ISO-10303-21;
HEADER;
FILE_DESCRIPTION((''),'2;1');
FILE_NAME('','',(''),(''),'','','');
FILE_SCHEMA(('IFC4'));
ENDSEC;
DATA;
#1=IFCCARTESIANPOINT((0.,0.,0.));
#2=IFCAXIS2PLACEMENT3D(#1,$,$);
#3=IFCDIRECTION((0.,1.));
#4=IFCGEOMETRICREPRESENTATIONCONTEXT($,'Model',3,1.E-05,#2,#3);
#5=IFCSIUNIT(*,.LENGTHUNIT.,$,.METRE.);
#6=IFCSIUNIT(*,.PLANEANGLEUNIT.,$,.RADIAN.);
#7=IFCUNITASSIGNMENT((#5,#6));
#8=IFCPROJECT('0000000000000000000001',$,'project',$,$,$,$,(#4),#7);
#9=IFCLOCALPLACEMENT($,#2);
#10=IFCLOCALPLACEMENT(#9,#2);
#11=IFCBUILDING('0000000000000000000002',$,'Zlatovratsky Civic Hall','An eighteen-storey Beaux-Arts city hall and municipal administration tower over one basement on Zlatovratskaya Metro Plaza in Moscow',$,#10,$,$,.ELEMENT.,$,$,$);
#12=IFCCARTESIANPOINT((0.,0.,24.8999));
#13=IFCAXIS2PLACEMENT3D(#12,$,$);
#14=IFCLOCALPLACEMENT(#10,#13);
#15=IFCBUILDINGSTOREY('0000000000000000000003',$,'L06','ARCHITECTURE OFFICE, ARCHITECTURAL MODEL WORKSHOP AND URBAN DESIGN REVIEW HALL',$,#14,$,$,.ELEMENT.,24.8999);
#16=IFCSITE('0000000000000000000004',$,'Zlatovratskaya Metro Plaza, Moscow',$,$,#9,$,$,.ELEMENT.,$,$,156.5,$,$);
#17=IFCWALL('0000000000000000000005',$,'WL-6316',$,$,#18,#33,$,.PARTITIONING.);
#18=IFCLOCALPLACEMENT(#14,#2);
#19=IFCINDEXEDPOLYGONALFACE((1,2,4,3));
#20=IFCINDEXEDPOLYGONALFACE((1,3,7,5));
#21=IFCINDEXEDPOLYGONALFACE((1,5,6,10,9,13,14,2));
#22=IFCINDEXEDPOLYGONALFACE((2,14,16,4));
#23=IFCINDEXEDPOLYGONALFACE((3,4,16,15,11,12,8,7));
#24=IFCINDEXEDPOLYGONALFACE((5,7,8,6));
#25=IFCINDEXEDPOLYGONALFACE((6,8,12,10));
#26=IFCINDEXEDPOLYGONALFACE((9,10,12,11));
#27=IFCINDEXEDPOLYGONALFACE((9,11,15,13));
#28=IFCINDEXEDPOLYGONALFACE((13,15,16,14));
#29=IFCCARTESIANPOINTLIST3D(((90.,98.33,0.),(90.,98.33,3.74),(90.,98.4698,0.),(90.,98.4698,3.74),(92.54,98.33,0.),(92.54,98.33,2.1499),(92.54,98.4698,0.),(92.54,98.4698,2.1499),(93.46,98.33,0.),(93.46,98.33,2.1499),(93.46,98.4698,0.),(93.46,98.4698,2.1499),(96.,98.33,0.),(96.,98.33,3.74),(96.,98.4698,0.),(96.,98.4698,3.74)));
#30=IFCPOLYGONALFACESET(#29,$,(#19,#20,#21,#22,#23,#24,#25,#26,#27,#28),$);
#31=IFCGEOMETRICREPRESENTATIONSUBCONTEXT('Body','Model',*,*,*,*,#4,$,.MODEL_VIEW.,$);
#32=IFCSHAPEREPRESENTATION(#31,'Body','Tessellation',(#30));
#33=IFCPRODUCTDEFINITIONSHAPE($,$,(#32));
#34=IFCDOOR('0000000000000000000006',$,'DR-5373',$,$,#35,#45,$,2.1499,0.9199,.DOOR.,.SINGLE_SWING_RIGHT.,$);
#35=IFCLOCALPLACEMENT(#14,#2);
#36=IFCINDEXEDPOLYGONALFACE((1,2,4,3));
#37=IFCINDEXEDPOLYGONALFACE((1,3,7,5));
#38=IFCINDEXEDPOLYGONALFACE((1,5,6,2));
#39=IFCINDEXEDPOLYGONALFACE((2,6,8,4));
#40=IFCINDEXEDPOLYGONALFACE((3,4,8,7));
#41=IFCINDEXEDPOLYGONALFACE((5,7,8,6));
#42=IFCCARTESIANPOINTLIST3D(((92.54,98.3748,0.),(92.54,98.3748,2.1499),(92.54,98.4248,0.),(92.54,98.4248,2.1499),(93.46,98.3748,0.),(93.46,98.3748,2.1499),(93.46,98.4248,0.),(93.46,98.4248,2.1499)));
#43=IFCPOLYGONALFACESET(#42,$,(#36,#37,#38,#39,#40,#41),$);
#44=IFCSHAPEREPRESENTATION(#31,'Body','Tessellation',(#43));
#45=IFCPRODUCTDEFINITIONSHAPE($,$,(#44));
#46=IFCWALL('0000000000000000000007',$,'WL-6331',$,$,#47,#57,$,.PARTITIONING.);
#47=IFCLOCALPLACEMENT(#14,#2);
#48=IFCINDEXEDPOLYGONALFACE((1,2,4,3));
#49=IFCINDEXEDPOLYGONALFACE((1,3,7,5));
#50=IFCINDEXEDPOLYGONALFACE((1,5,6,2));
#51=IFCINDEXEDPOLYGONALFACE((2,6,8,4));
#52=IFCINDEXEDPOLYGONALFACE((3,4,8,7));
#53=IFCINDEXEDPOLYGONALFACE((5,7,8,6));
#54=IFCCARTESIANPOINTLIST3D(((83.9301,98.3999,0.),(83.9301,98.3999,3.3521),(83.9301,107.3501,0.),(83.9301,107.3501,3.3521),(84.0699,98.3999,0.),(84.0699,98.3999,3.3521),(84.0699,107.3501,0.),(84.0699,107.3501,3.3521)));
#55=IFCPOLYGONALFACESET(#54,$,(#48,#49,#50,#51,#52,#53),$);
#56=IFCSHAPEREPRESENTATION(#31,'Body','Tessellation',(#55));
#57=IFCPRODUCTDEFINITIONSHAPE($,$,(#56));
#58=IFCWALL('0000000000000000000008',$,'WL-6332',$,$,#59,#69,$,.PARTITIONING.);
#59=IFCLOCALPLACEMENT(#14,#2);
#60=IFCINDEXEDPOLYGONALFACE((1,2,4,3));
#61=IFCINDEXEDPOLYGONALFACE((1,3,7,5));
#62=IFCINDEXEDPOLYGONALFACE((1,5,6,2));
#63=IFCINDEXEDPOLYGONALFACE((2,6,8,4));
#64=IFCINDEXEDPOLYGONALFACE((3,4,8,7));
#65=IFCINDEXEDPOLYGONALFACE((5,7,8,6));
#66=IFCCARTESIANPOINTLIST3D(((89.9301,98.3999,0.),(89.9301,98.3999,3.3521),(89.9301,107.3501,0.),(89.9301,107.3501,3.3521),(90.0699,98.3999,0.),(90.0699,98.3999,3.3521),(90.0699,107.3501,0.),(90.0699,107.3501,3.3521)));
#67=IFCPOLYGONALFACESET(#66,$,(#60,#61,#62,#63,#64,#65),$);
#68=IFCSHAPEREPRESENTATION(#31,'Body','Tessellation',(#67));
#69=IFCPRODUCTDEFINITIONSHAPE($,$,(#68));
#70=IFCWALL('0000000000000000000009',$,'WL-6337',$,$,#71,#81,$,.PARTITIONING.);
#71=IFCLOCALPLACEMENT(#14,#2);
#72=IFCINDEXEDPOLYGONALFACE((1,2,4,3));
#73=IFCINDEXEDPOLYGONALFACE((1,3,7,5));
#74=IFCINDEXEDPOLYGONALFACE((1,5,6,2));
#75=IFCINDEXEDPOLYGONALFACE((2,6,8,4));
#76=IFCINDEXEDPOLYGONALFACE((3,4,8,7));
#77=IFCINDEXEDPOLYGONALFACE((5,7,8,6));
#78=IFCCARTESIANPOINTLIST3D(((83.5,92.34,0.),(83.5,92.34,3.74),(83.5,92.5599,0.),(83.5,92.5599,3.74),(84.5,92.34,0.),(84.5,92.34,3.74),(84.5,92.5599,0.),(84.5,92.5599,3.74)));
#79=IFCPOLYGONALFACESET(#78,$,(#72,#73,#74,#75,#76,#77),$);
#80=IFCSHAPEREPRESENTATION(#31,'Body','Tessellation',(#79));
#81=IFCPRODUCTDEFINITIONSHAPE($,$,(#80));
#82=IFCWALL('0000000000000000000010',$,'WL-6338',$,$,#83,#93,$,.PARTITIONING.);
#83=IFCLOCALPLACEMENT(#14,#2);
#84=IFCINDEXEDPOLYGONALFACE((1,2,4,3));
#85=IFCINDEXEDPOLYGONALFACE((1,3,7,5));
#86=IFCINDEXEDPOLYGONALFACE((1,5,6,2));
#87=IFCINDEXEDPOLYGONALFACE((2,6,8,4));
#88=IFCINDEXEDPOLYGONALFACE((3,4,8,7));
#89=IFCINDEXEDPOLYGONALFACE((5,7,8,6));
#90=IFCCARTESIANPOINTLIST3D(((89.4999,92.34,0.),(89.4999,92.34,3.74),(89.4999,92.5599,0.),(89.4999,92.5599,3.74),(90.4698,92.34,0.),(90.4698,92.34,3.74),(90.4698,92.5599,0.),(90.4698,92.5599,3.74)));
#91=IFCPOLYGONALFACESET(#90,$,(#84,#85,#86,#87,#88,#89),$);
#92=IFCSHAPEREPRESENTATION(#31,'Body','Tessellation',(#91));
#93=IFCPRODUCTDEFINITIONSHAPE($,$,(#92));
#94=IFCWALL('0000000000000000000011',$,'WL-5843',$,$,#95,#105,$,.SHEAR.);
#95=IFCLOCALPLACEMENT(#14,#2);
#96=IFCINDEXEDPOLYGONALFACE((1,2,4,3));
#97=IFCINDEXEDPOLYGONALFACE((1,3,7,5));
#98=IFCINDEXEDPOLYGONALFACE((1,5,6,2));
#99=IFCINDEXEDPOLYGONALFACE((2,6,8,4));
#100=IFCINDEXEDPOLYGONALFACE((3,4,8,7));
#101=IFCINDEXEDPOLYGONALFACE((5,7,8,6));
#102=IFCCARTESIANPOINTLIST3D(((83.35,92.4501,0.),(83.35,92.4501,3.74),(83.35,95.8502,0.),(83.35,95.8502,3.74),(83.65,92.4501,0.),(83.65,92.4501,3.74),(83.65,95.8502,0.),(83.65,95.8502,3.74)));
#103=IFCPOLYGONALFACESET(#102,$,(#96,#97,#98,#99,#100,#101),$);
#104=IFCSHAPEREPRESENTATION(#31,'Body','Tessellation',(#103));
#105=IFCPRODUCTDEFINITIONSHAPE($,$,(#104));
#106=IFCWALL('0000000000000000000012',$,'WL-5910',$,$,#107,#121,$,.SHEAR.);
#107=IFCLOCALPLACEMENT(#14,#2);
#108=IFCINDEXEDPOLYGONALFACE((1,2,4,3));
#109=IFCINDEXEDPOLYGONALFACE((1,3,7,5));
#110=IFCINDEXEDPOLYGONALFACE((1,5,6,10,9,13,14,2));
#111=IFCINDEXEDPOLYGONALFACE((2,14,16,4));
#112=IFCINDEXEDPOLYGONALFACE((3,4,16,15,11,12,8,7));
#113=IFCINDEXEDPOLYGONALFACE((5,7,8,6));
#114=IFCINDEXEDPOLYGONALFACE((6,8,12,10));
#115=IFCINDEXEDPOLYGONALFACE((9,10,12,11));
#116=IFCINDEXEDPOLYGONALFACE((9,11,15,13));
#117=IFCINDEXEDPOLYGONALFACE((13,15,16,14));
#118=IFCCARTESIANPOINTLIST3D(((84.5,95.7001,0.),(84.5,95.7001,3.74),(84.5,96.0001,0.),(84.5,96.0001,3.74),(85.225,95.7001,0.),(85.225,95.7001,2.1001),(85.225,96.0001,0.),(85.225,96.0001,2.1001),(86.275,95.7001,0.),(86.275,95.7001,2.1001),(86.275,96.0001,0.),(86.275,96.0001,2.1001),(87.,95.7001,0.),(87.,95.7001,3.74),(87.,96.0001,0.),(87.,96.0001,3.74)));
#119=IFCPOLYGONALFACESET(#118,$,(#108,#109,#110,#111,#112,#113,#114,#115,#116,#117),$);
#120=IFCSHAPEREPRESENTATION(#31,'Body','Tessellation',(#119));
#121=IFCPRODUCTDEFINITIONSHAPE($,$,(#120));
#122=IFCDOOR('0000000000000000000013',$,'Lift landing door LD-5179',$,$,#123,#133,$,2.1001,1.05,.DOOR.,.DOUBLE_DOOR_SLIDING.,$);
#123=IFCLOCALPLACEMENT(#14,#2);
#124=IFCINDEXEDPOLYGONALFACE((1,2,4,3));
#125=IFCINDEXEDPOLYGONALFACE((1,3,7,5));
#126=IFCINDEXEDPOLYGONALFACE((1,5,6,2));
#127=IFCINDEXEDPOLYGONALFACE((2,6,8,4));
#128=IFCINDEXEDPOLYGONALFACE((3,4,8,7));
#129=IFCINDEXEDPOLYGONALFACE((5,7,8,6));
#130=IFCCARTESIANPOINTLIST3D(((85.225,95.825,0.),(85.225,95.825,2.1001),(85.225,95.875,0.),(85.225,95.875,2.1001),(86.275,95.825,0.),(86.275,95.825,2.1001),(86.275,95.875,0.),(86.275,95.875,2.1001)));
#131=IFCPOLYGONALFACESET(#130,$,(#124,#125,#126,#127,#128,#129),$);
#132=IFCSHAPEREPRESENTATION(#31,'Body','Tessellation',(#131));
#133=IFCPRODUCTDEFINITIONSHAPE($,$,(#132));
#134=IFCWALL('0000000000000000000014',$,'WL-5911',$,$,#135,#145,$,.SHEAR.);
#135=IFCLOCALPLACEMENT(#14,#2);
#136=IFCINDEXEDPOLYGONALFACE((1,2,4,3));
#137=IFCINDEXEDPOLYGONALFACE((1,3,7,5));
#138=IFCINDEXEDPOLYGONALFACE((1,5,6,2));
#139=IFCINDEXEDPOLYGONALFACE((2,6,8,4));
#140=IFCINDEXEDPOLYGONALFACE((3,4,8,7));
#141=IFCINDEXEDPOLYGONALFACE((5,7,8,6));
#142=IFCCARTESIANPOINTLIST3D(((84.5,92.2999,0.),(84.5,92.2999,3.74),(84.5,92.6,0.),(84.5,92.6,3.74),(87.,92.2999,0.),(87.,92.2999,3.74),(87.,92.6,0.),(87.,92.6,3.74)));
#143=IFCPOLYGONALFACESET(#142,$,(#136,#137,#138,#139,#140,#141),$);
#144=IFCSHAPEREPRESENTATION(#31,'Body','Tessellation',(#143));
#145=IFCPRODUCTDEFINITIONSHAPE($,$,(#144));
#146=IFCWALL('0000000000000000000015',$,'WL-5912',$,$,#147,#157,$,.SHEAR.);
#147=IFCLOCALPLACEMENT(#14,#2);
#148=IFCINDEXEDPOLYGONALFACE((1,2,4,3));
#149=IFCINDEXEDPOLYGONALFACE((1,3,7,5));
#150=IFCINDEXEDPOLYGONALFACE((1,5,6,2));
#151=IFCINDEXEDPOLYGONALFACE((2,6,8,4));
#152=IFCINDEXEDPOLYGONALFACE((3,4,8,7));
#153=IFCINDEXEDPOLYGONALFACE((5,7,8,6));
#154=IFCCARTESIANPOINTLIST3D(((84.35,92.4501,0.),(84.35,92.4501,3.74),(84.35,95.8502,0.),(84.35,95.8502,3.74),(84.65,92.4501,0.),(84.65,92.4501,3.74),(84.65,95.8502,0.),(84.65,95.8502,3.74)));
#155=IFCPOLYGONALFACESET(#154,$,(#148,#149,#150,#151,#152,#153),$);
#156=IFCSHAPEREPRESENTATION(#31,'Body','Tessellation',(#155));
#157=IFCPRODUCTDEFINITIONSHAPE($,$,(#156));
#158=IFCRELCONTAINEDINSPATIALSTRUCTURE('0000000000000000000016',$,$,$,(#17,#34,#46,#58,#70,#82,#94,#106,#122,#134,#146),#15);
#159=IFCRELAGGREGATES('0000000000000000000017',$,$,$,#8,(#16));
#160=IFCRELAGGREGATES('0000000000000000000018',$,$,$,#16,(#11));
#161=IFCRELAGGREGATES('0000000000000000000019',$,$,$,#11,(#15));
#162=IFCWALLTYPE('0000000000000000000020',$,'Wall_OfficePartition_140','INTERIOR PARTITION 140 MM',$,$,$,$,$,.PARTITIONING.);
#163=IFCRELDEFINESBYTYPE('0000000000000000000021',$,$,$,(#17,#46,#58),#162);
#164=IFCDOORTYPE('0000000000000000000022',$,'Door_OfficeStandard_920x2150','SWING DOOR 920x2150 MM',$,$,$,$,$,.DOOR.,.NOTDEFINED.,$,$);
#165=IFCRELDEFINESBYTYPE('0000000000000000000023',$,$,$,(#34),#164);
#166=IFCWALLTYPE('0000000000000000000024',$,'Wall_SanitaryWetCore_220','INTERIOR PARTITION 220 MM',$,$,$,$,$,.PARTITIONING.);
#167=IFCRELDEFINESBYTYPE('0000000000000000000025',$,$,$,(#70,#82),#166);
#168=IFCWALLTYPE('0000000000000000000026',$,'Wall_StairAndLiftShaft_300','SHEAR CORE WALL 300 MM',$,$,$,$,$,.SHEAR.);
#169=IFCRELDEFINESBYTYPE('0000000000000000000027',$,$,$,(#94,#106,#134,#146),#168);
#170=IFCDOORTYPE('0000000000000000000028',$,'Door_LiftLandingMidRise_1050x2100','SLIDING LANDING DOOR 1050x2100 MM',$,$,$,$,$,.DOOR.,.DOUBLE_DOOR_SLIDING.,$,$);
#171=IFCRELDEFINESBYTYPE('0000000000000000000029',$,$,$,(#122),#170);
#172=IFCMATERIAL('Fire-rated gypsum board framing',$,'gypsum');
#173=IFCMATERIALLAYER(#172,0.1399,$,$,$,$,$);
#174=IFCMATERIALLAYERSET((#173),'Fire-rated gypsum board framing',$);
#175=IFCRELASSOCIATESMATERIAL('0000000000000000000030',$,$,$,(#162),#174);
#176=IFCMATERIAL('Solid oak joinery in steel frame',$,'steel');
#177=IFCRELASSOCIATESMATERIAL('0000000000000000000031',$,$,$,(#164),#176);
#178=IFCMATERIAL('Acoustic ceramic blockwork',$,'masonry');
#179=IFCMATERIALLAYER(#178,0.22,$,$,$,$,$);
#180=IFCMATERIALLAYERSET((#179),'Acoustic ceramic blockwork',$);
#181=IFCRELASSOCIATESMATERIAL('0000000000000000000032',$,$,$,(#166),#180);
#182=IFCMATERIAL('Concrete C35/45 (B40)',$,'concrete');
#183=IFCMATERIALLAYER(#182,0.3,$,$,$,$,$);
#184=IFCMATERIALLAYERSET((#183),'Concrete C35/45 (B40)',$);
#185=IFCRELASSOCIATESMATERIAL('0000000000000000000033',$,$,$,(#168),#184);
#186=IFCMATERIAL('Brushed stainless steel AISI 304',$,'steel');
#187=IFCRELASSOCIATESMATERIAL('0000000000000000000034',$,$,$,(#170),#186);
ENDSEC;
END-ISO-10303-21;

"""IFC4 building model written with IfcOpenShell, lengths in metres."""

from ifc_helpers import new_model, si_unit, direction, frame, frame_2d, origin, place, context, subcontext, project, spatial, rectangle, extrude, material, layer, layer_set, type_object, element, fill, save


model = new_model("IFC4")

# Units and contexts
model_context = context("Model", 3, precision=1e-05, world=origin(), true_north=direction((0.0, 1.0)))
body_context = subcontext(model_context, "Body", "Model", "MODEL_VIEW")
ifc_project = project(units=[si_unit("LENGTHUNIT", "METRE"), si_unit("PLANEANGLEUNIT", "RADIAN")], contexts=[model_context])

# Site, building, storey
site_placement = place(None, origin())
site = spatial("IfcSite", under=ifc_project, at=site_placement, Name="Zlatovratskaya Metro Plaza, Moscow", CompositionType="ELEMENT", RefElevation=156.5)
building_placement = place(site_placement, origin())
building = spatial("IfcBuilding", under=site, at=building_placement, Name="Zlatovratsky Civic Hall", Description="An eighteen-storey Beaux-Arts city hall and municipal administration tower over one basement on Zlatovratskaya Metro Plaza in Moscow", CompositionType="ELEMENT")
storey_placement = place(building_placement, frame((0.0, 0.0, 24.8999)))
storey = spatial("IfcBuildingStorey", under=building, at=storey_placement, Name="L06", Description="ARCHITECTURE OFFICE, ARCHITECTURAL MODEL WORKSHOP AND URBAN DESIGN REVIEW HALL", CompositionType="ELEMENT", Elevation=24.8999)

# Shared definitions
ifc_material_1 = material(Name="Concrete C35/45 (B40)", Category="concrete")

# Wall, opening, door
ifc_material_2 = material(Name="Fire-rated gypsum board framing", Category="gypsum")
ifc_layer_1 = layer(ifc_material_2, 0.1399)
ifc_layer_set_1 = layer_set([ifc_layer_1], Name="Fire-rated gypsum board framing")
wall_type_1 = type_object("IfcWallType", Name="Wall_OfficePartition_140", Description="INTERIOR PARTITION 140 MM", PredefinedType="PARTITIONING", material=ifc_layer_set_1)
ifc_material_3 = material(Name="Solid oak joinery in steel frame", Category="steel")
door_type_1 = type_object("IfcDoorType", Name="Door_OfficeStandard_920x2150", Description="SWING DOOR 920x2150 MM", OperationType="NOTDEFINED", PredefinedType="DOOR", material=ifc_material_3)
wall_1_placement = place(storey_placement, frame((90.0, 98.3999, 0.0), z_axis=(0.0, 0.0, 1.0), x_axis=(1.0, 0.0, 0.0)))
wall_1 = element("IfcWall", 1, at=wall_1_placement, inside=storey, type_object=wall_type_1, Name="WL-6316", PredefinedType="PARTITIONING", context=body_context, shape_type="SweptSolid", body=[
    extrude(rectangle(XDim=6.0, YDim=0.1399, at=frame_2d((3.0, 0.0))), origin(), (0.0, 0.0, 1.0), 3.74),
])
opening_1_placement = place(wall_1_placement, frame((2.54, 0.0, 0.0)))
opening_1 = element("IfcOpeningElement", 2, at=opening_1_placement, cuts=wall_1, PredefinedType="OPENING", context=body_context, shape_type="SweptSolid", body=[
    extrude(rectangle(XDim=0.9199, YDim=2.1499, at=frame_2d((0.46, 1.075))), frame((0.0, 0.085, 0.0), z_axis=(0.0, -1.0, 0.0), x_axis=(1.0, 0.0, 0.0)), (0.0, 0.0, 1.0), 0.1697),
])
door_1_placement = place(opening_1_placement, origin())
door_1 = element("IfcDoor", 3, at=door_1_placement, inside=storey, type_object=door_type_1, Name="DR-5373", OperationType="SINGLE_SWING_RIGHT", OverallHeight=2.1499, OverallWidth=0.9199, PredefinedType="DOOR", context=body_context, shape_type="SweptSolid", body=[
    extrude(rectangle(XDim=0.9199, YDim=2.1499, at=frame_2d((0.46, 1.075))), frame((0.0, 0.0249, 0.0), z_axis=(0.0, -1.0, 0.0), x_axis=(1.0, 0.0, 0.0)), (0.0, 0.0, 1.0), 0.05),
])
fill(opening_1, door_1)

# Walls
for number, where, z_axis, x_axis, name in (
    (4, (84.0, 98.3999, 0.0), (0.0, 0.0, 1.0), (0.0, 1.0, 0.0), "WL-6331"),
    (5, (90.0, 98.3999, 0.0), (0.0, 0.0, 1.0), (0.0, 1.0, 0.0), "WL-6332"),
):
    element("IfcWall", number, at=place(storey_placement, frame(where, z_axis=z_axis, x_axis=x_axis)), inside=storey, type_object=wall_type_1, Name=name, PredefinedType="PARTITIONING", context=body_context, shape_type="SweptSolid", body=[
        extrude(rectangle(XDim=8.9502, YDim=0.1399, at=frame_2d((4.4751, 0.0))), origin(), (0.0, 0.0, 1.0), 3.3521),
    ])
ifc_material_4 = material(Name="Acoustic ceramic blockwork", Category="masonry")
ifc_layer_2 = layer(ifc_material_4, 0.22)
ifc_layer_set_2 = layer_set([ifc_layer_2], Name="Acoustic ceramic blockwork")
wall_type_2 = type_object("IfcWallType", Name="Wall_SanitaryWetCore_220", Description="INTERIOR PARTITION 220 MM", PredefinedType="PARTITIONING", material=ifc_layer_set_2)
wall_2_placement = place(storey_placement, frame((83.5, 92.45, 0.0), z_axis=(0.0, 0.0, 1.0), x_axis=(1.0, 0.0, 0.0)))
element("IfcWall", 6, at=wall_2_placement, inside=storey, type_object=wall_type_2, Name="WL-6337", PredefinedType="PARTITIONING", context=body_context, shape_type="SweptSolid", body=[
    extrude(rectangle(XDim=1.0, YDim=0.22, at=frame_2d((0.5, 0.0))), origin(), (0.0, 0.0, 1.0), 3.74),
])
wall_3_placement = place(storey_placement, frame((89.5, 92.45, 0.0), z_axis=(0.0, 0.0, 1.0), x_axis=(1.0, 0.0, 0.0)))
element("IfcWall", 7, at=wall_3_placement, inside=storey, type_object=wall_type_2, Name="WL-6338", PredefinedType="PARTITIONING", context=body_context, shape_type="SweptSolid", body=[
    extrude(rectangle(XDim=0.97, YDim=0.22, at=frame_2d((0.4849, 0.0))), origin(), (0.0, 0.0, 1.0), 3.74),
])
ifc_layer_3 = layer(ifc_material_1, 0.3)
ifc_layer_set_3 = layer_set([ifc_layer_3], Name="Concrete C35/45 (B40)")
wall_type_3 = type_object("IfcWallType", Name="Wall_StairAndLiftShaft_300", Description="SHEAR CORE WALL 300 MM", PredefinedType="SHEAR", material=ifc_layer_set_3)
wall_4_placement = place(storey_placement, frame((83.5, 92.45, 0.0), z_axis=(0.0, 0.0, 1.0), x_axis=(0.0, 1.0, 0.0)))
element("IfcWall", 8, at=wall_4_placement, inside=storey, type_object=wall_type_3, Name="WL-5843", PredefinedType="SHEAR", context=body_context, shape_type="SweptSolid", body=[
    extrude(rectangle(XDim=3.4001, YDim=0.3, at=frame_2d((1.7002, 0.0))), origin(), (0.0, 0.0, 1.0), 3.74),
])

# Wall, opening, door
wall_5_placement = place(storey_placement, frame((84.5, 95.8501, 0.0), z_axis=(0.0, 0.0, 1.0), x_axis=(1.0, 0.0, 0.0)))
wall_5 = element("IfcWall", 9, at=wall_5_placement, inside=storey, type_object=wall_type_3, Name="WL-5910", PredefinedType="SHEAR", context=body_context, shape_type="SweptSolid", body=[
    extrude(rectangle(XDim=2.5, YDim=0.3, at=frame_2d((1.25, 0.0))), origin(), (0.0, 0.0, 1.0), 3.74),
])
opening_2_placement = place(wall_5_placement, frame((0.7251, 0.0, 0.0)))
opening_2 = element("IfcOpeningElement", 10, at=opening_2_placement, cuts=wall_5, PredefinedType="OPENING", context=body_context, shape_type="SweptSolid", body=[
    extrude(rectangle(XDim=1.05, YDim=2.1001, at=frame_2d((0.5249, 1.05))), frame((0.0, 0.165, 0.0), z_axis=(0.0, -1.0, 0.0), x_axis=(1.0, 0.0, 0.0)), (0.0, 0.0, 1.0), 0.3298),
])
ifc_material_5 = material(Name="Brushed stainless steel AISI 304", Category="steel")
door_type_2 = type_object("IfcDoorType", Name="Door_LiftLandingMidRise_1050x2100", Description="SLIDING LANDING DOOR 1050x2100 MM", OperationType="DOUBLE_DOOR_SLIDING", PredefinedType="DOOR", material=ifc_material_5)
door_2_placement = place(opening_2_placement, origin())
door_2 = element("IfcDoor", 11, at=door_2_placement, inside=storey, type_object=door_type_2, Name="Lift landing door LD-5179", OperationType="DOUBLE_DOOR_SLIDING", OverallHeight=2.1001, OverallWidth=1.05, PredefinedType="DOOR", context=body_context, shape_type="SweptSolid", body=[
    extrude(rectangle(XDim=1.05, YDim=2.1001, at=frame_2d((0.5249, 1.05))), frame((0.0, 0.0249, 0.0), z_axis=(0.0, -1.0, 0.0), x_axis=(1.0, 0.0, 0.0)), (0.0, 0.0, 1.0), 0.05),
])
fill(opening_2, door_2)

# Walls
wall_6_placement = place(storey_placement, frame((84.5, 92.45, 0.0), z_axis=(0.0, 0.0, 1.0), x_axis=(1.0, 0.0, 0.0)))
element("IfcWall", 12, at=wall_6_placement, inside=storey, type_object=wall_type_3, Name="WL-5911", PredefinedType="SHEAR", context=body_context, shape_type="SweptSolid", body=[
    extrude(rectangle(XDim=2.5, YDim=0.3, at=frame_2d((1.25, 0.0))), origin(), (0.0, 0.0, 1.0), 3.74),
])
wall_7_placement = place(storey_placement, frame((84.5, 92.45, 0.0), z_axis=(0.0, 0.0, 1.0), x_axis=(0.0, 1.0, 0.0)))
element("IfcWall", 13, at=wall_7_placement, inside=storey, type_object=wall_type_3, Name="WL-5912", PredefinedType="SHEAR", context=body_context, shape_type="SweptSolid", body=[
    extrude(rectangle(XDim=3.4001, YDim=0.3, at=frame_2d((1.7002, 0.0))), origin(), (0.0, 0.0, 1.0), 3.74),
])

save(model, "model.ifc")
